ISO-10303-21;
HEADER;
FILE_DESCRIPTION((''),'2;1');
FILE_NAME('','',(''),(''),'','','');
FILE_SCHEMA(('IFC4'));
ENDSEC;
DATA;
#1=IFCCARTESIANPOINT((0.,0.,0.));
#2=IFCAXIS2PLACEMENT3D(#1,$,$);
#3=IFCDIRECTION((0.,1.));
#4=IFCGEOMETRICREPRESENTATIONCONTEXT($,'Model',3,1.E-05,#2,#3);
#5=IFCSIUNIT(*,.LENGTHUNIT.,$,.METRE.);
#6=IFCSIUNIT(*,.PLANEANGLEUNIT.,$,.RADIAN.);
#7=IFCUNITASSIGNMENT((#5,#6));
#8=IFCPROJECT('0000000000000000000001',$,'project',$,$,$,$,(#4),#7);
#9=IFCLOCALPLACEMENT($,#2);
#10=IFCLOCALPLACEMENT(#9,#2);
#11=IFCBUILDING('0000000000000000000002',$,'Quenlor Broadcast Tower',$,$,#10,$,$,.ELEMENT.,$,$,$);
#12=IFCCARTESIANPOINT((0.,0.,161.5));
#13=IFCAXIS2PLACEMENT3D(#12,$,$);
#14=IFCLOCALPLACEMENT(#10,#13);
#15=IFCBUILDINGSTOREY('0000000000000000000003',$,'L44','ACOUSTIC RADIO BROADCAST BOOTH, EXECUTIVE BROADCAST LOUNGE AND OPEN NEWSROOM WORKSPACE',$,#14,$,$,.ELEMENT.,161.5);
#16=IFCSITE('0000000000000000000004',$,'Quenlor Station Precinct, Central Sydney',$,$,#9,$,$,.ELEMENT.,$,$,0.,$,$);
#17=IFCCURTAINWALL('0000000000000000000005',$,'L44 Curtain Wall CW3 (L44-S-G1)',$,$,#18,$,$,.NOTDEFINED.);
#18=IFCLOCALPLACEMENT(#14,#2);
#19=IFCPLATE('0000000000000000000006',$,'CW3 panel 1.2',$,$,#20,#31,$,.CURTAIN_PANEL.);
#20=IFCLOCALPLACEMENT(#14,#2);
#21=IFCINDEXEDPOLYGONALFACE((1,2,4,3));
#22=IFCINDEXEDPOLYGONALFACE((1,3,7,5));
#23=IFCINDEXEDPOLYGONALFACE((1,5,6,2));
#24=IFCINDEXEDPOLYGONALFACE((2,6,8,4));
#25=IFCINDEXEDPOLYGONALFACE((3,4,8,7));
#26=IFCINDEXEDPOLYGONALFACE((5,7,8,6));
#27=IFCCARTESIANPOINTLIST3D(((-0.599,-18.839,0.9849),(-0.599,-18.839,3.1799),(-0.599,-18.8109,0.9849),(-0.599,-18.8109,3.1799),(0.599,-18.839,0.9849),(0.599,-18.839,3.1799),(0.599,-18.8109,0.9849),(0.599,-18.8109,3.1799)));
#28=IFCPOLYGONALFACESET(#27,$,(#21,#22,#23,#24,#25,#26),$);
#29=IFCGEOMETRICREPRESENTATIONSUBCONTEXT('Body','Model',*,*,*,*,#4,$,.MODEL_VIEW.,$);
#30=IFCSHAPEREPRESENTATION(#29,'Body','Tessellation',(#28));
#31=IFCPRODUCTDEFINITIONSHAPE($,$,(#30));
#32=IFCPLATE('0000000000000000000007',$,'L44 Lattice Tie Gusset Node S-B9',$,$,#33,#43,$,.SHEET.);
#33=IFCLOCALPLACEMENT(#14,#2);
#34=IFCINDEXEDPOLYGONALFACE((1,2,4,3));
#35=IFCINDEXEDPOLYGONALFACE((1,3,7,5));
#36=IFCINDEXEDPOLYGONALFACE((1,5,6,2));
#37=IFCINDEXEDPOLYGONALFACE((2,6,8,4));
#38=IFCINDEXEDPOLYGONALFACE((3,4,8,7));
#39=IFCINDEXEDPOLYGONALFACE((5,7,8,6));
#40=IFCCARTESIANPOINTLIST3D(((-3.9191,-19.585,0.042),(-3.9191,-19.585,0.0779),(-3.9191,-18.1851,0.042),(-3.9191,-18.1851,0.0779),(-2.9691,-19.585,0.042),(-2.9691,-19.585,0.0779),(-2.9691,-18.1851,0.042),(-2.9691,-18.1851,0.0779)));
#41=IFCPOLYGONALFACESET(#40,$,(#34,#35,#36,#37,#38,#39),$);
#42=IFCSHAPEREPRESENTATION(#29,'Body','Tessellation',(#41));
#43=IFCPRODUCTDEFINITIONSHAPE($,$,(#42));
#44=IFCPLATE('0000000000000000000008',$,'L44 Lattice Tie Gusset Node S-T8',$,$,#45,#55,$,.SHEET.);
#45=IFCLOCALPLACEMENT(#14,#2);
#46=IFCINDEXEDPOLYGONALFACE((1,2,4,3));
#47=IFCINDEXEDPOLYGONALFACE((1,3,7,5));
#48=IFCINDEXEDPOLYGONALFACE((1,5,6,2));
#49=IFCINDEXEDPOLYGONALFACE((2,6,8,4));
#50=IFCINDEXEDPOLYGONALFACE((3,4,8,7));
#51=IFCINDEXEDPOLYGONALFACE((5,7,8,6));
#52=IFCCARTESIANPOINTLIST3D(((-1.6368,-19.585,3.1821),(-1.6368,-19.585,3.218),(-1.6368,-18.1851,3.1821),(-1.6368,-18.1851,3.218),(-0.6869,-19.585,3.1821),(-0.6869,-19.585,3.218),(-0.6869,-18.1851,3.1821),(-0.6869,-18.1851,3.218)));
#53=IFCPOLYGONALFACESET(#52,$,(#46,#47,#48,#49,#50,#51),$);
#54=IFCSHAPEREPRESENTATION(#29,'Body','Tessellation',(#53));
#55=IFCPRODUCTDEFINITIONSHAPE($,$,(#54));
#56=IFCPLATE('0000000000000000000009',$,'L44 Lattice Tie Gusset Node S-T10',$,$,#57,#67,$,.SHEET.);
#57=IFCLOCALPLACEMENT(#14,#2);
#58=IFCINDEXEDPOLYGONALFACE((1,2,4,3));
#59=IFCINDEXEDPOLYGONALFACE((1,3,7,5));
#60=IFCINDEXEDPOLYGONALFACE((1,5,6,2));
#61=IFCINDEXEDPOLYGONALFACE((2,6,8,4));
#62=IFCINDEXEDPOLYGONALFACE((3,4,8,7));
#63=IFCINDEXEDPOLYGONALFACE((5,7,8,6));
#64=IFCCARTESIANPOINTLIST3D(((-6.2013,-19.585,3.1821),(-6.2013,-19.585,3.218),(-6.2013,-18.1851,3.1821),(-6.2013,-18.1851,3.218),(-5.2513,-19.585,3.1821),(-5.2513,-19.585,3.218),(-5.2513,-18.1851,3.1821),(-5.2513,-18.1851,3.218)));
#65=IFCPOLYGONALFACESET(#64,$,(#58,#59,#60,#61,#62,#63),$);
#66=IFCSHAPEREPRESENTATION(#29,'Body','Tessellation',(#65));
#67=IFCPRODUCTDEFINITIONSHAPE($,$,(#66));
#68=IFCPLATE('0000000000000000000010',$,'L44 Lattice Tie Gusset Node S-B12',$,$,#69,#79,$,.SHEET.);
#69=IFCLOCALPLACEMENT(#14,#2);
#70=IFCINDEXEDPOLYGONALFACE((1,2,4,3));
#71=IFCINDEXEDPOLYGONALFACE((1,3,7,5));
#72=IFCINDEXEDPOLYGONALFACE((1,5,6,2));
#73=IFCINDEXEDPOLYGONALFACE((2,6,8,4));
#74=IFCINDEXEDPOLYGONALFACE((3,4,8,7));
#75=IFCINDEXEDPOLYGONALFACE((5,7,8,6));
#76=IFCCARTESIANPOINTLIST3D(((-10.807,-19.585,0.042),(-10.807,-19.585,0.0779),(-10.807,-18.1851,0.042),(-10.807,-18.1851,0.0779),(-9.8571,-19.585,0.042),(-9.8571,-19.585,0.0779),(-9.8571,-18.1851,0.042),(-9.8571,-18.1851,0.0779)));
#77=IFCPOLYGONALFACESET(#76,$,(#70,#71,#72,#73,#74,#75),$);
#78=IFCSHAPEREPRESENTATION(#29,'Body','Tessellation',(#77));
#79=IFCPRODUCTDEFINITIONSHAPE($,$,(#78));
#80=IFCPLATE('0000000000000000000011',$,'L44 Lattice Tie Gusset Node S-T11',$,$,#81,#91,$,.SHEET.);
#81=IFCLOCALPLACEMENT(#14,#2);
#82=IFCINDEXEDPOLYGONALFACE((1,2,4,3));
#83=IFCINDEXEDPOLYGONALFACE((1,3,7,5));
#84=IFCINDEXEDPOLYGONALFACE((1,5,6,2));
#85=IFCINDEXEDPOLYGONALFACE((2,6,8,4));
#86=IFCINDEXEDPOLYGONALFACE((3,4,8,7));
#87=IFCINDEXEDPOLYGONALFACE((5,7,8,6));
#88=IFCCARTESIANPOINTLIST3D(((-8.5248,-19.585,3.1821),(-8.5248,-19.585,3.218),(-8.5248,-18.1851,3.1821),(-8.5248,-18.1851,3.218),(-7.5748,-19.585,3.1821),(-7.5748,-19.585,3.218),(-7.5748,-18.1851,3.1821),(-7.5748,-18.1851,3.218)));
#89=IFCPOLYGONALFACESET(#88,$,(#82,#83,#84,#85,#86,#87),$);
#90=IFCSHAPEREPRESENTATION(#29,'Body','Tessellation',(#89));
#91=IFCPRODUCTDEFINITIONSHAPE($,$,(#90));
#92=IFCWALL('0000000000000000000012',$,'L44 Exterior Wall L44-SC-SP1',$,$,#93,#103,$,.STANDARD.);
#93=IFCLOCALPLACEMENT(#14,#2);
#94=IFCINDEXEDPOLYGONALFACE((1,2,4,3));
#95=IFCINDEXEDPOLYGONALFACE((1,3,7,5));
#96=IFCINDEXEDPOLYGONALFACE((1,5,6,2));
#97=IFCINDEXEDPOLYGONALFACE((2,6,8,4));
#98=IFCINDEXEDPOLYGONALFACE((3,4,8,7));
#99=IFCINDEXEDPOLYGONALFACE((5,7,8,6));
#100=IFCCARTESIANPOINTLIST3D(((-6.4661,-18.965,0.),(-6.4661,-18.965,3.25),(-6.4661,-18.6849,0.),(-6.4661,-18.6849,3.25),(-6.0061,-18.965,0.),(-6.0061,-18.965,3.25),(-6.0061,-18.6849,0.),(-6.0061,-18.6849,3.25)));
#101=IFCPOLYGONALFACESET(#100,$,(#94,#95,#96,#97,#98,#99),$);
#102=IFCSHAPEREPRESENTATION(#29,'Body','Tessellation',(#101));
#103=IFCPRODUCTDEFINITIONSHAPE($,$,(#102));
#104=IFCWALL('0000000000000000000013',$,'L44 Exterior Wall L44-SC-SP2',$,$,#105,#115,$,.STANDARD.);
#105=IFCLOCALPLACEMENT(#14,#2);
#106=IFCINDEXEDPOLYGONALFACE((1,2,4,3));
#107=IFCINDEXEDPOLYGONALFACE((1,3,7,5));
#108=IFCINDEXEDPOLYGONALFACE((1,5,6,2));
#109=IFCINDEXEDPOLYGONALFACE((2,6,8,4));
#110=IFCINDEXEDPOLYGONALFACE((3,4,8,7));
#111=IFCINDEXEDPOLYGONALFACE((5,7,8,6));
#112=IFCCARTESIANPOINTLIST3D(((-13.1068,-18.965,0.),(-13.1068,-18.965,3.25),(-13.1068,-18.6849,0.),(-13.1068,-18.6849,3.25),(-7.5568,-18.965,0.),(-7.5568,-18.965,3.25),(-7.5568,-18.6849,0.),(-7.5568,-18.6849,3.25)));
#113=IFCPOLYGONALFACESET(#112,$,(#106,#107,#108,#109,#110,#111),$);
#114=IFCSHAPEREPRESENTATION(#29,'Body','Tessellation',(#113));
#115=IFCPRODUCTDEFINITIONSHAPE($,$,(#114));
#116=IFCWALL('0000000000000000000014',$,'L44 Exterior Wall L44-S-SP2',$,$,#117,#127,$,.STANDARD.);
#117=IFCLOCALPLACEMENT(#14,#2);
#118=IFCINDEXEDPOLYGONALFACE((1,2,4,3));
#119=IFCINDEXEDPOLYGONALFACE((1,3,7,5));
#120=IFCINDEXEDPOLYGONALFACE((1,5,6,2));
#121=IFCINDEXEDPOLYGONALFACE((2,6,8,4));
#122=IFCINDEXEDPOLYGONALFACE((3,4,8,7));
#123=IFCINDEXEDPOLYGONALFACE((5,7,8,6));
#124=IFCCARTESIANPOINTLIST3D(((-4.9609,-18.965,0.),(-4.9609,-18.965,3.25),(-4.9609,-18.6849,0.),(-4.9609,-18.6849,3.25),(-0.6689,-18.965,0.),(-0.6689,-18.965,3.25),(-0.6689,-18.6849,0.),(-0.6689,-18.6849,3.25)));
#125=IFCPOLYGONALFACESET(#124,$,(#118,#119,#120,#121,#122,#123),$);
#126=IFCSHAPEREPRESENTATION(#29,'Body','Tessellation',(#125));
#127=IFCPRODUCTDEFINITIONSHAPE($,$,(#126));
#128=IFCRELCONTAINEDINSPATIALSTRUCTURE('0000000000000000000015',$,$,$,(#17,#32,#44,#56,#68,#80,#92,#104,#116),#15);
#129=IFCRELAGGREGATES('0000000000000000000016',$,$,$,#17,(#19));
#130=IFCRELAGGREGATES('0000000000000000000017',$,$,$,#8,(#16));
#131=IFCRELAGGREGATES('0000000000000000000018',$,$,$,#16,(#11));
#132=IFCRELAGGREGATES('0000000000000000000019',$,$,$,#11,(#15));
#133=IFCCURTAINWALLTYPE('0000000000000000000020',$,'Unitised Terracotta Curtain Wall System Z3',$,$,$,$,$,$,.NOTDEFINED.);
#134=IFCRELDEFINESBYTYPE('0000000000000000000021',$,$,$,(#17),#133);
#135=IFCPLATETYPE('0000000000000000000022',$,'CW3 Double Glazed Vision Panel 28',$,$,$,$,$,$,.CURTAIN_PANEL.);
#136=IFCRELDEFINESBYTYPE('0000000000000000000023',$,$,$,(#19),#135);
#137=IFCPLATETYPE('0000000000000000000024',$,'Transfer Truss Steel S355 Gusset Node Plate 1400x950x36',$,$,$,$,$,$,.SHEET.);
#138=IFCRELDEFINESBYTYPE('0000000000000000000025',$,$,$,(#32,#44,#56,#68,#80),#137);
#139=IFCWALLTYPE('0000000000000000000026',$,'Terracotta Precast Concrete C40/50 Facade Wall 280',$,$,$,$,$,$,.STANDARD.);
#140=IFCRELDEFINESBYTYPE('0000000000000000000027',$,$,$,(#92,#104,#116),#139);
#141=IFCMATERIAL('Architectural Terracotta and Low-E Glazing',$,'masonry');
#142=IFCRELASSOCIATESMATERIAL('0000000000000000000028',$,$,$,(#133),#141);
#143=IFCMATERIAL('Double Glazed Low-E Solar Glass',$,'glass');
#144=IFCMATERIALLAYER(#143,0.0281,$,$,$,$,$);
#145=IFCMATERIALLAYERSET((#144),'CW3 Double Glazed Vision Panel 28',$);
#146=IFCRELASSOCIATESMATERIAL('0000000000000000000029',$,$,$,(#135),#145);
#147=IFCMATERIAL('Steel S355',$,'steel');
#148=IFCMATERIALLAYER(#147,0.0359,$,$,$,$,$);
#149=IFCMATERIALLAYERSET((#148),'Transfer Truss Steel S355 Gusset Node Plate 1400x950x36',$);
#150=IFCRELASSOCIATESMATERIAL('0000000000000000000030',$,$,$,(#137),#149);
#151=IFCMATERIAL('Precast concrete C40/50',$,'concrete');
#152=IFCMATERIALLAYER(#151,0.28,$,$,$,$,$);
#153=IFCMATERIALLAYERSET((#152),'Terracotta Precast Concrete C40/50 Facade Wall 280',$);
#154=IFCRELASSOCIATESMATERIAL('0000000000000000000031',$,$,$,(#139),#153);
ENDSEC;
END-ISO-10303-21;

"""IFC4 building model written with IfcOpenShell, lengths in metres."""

from ifc_helpers import new_model, si_unit, direction, frame, frame_2d, origin, origin_2d, place, context, subcontext, project, spatial, rectangle, extrude, material, layer, layer_set, type_object, element, aggregate, save


model = new_model("IFC4")

# Units and contexts
model_context = context("Model", 3, precision=1e-05, world=origin(), true_north=direction((0.0, 1.0)))
body_context = subcontext(model_context, "Body", "Model", "MODEL_VIEW")
ifc_project = project(units=[si_unit("LENGTHUNIT", "METRE"), si_unit("PLANEANGLEUNIT", "RADIAN")], contexts=[model_context])

# Site, building, storey
site_placement = place(None, origin())
site = spatial("IfcSite", under=ifc_project, at=site_placement, Name="Quenlor Station Precinct, Central Sydney", CompositionType="ELEMENT", RefElevation=0.0)
building_placement = place(site_placement, origin())
building = spatial("IfcBuilding", under=site, at=building_placement, Name="Quenlor Broadcast Tower", CompositionType="ELEMENT")
storey_placement = place(building_placement, frame((0.0, 0.0, 161.5)))
storey = spatial("IfcBuildingStorey", under=building, at=storey_placement, Name="L44", Description="ACOUSTIC RADIO BROADCAST BOOTH, EXECUTIVE BROADCAST LOUNGE AND OPEN NEWSROOM WORKSPACE", CompositionType="ELEMENT", Elevation=161.5)

# Shared definitions
ifc_material_1 = material(Name="Architectural Terracotta and Low-E Glazing", Category="masonry")
curtain_wall_type = type_object("IfcCurtainWallType", Name="Unitised Terracotta Curtain Wall System Z3", PredefinedType="NOTDEFINED", material=ifc_material_1)

# Curtain wall
curtain_wall_1_placement = place(storey_placement, origin())
curtain_wall_1 = element("IfcCurtainWall", 1, at=curtain_wall_1_placement, inside=storey, type_object=curtain_wall_type, Name="L44 Curtain Wall CW3 (L44-S-G1)", PredefinedType="NOTDEFINED")

# Plate
ifc_material_2 = material(Name="Double Glazed Low-E Solar Glass", Category="glass")
ifc_layer_1 = layer(ifc_material_2, 0.0281)
ifc_layer_set_1 = layer_set([ifc_layer_1], Name="CW3 Double Glazed Vision Panel 28")
plate_type_1 = type_object("IfcPlateType", Name="CW3 Double Glazed Vision Panel 28", PredefinedType="CURTAIN_PANEL", material=ifc_layer_set_1)
plate_1_placement = place(storey_placement, frame((0.0, -18.825, 0.9849), z_axis=(0.0, 0.0, 1.0), x_axis=(-1.0, 0.0, 0.0)))
plate_1 = element("IfcPlate", 2, at=plate_1_placement, type_object=plate_type_1, Name="CW3 panel 1.2", PredefinedType="CURTAIN_PANEL", context=body_context, shape_type="SweptSolid", body=[
    extrude(rectangle(XDim=1.198, YDim=0.0281, at=origin_2d()), origin(), (0.0, 0.0, 1.0), 2.1951),
])
aggregate(curtain_wall_1, [plate_1])

# Plates
ifc_material_3 = material(Name="Steel S355", Category="steel")
ifc_layer_2 = layer(ifc_material_3, 0.0359)
ifc_layer_set_2 = layer_set([ifc_layer_2], Name="Transfer Truss Steel S355 Gusset Node Plate 1400x950x36")
plate_type_2 = type_object("IfcPlateType", Name="Transfer Truss Steel S355 Gusset Node Plate 1400x950x36", PredefinedType="SHEET", material=ifc_layer_set_2)
for number, where, z_axis, x_axis, name in (
    (3, (-3.4441, -18.885, 0.042), (0.0, 0.0, 1.0), (0.0, -1.0, 0.0), "L44 Lattice Tie Gusset Node S-B9"),
    (4, (-1.1619, -18.885, 3.1821), (0.0, 0.0, 1.0), (0.0, -1.0, 0.0), "L44 Lattice Tie Gusset Node S-T8"),
    (5, (-5.7263, -18.885, 3.1821), (0.0, 0.0, 1.0), (0.0, -1.0, 0.0), "L44 Lattice Tie Gusset Node S-T10"),
    (6, (-10.332, -18.885, 0.042), (0.0, 0.0, 1.0), (0.0, -1.0, 0.0), "L44 Lattice Tie Gusset Node S-B12"),
    (7, (-8.0498, -18.885, 3.1821), (0.0, 0.0, 1.0), (0.0, -1.0, 0.0), "L44 Lattice Tie Gusset Node S-T11"),
):
    element("IfcPlate", number, at=place(storey_placement, frame(where, z_axis=z_axis, x_axis=x_axis)), inside=storey, type_object=plate_type_2, Name=name, PredefinedType="SHEET", context=body_context, shape_type="SweptSolid", body=[
        extrude(rectangle(XDim=1.3999, YDim=0.95, at=origin_2d()), origin(), (0.0, 0.0, 1.0), 0.0359),
    ])

# Walls
ifc_material_4 = material(Name="Precast concrete C40/50", Category="concrete")
ifc_layer_3 = layer(ifc_material_4, 0.28)
ifc_layer_set_3 = layer_set([ifc_layer_3], Name="Terracotta Precast Concrete C40/50 Facade Wall 280")
wall_type = type_object("IfcWallType", Name="Terracotta Precast Concrete C40/50 Facade Wall 280", PredefinedType="STANDARD", material=ifc_layer_set_3)
wall_1_placement = place(storey_placement, frame((-6.0061, -18.825, 0.0), z_axis=(0.0, 0.0, 1.0), x_axis=(-1.0, 0.0, 0.0)))
element("IfcWall", 8, at=wall_1_placement, inside=storey, type_object=wall_type, Name="L44 Exterior Wall L44-SC-SP1", PredefinedType="STANDARD", context=body_context, shape_type="SweptSolid", body=[
    extrude(rectangle(XDim=0.46, YDim=0.28, at=frame_2d((0.23, 0.0))), origin(), (0.0, 0.0, 1.0), 3.25),
])
wall_2_placement = place(storey_placement, frame((-7.5569, -18.825, 0.0), z_axis=(0.0, 0.0, 1.0), x_axis=(-1.0, 0.0, 0.0)))
element("IfcWall", 9, at=wall_2_placement, inside=storey, type_object=wall_type, Name="L44 Exterior Wall L44-SC-SP2", PredefinedType="STANDARD", context=body_context, shape_type="SweptSolid", body=[
    extrude(rectangle(XDim=5.55, YDim=0.28, at=frame_2d((2.7749, 0.0))), origin(), (0.0, 0.0, 1.0), 3.25),
])
wall_3_placement = place(storey_placement, frame((-0.6689, -18.825, 0.0), z_axis=(0.0, 0.0, 1.0), x_axis=(-1.0, 0.0, 0.0)))
element("IfcWall", 10, at=wall_3_placement, inside=storey, type_object=wall_type, Name="L44 Exterior Wall L44-S-SP2", PredefinedType="STANDARD", context=body_context, shape_type="SweptSolid", body=[
    extrude(rectangle(XDim=4.292, YDim=0.28, at=frame_2d((2.146, 0.0))), origin(), (0.0, 0.0, 1.0), 3.25),
])

save(model, "model.ifc")
